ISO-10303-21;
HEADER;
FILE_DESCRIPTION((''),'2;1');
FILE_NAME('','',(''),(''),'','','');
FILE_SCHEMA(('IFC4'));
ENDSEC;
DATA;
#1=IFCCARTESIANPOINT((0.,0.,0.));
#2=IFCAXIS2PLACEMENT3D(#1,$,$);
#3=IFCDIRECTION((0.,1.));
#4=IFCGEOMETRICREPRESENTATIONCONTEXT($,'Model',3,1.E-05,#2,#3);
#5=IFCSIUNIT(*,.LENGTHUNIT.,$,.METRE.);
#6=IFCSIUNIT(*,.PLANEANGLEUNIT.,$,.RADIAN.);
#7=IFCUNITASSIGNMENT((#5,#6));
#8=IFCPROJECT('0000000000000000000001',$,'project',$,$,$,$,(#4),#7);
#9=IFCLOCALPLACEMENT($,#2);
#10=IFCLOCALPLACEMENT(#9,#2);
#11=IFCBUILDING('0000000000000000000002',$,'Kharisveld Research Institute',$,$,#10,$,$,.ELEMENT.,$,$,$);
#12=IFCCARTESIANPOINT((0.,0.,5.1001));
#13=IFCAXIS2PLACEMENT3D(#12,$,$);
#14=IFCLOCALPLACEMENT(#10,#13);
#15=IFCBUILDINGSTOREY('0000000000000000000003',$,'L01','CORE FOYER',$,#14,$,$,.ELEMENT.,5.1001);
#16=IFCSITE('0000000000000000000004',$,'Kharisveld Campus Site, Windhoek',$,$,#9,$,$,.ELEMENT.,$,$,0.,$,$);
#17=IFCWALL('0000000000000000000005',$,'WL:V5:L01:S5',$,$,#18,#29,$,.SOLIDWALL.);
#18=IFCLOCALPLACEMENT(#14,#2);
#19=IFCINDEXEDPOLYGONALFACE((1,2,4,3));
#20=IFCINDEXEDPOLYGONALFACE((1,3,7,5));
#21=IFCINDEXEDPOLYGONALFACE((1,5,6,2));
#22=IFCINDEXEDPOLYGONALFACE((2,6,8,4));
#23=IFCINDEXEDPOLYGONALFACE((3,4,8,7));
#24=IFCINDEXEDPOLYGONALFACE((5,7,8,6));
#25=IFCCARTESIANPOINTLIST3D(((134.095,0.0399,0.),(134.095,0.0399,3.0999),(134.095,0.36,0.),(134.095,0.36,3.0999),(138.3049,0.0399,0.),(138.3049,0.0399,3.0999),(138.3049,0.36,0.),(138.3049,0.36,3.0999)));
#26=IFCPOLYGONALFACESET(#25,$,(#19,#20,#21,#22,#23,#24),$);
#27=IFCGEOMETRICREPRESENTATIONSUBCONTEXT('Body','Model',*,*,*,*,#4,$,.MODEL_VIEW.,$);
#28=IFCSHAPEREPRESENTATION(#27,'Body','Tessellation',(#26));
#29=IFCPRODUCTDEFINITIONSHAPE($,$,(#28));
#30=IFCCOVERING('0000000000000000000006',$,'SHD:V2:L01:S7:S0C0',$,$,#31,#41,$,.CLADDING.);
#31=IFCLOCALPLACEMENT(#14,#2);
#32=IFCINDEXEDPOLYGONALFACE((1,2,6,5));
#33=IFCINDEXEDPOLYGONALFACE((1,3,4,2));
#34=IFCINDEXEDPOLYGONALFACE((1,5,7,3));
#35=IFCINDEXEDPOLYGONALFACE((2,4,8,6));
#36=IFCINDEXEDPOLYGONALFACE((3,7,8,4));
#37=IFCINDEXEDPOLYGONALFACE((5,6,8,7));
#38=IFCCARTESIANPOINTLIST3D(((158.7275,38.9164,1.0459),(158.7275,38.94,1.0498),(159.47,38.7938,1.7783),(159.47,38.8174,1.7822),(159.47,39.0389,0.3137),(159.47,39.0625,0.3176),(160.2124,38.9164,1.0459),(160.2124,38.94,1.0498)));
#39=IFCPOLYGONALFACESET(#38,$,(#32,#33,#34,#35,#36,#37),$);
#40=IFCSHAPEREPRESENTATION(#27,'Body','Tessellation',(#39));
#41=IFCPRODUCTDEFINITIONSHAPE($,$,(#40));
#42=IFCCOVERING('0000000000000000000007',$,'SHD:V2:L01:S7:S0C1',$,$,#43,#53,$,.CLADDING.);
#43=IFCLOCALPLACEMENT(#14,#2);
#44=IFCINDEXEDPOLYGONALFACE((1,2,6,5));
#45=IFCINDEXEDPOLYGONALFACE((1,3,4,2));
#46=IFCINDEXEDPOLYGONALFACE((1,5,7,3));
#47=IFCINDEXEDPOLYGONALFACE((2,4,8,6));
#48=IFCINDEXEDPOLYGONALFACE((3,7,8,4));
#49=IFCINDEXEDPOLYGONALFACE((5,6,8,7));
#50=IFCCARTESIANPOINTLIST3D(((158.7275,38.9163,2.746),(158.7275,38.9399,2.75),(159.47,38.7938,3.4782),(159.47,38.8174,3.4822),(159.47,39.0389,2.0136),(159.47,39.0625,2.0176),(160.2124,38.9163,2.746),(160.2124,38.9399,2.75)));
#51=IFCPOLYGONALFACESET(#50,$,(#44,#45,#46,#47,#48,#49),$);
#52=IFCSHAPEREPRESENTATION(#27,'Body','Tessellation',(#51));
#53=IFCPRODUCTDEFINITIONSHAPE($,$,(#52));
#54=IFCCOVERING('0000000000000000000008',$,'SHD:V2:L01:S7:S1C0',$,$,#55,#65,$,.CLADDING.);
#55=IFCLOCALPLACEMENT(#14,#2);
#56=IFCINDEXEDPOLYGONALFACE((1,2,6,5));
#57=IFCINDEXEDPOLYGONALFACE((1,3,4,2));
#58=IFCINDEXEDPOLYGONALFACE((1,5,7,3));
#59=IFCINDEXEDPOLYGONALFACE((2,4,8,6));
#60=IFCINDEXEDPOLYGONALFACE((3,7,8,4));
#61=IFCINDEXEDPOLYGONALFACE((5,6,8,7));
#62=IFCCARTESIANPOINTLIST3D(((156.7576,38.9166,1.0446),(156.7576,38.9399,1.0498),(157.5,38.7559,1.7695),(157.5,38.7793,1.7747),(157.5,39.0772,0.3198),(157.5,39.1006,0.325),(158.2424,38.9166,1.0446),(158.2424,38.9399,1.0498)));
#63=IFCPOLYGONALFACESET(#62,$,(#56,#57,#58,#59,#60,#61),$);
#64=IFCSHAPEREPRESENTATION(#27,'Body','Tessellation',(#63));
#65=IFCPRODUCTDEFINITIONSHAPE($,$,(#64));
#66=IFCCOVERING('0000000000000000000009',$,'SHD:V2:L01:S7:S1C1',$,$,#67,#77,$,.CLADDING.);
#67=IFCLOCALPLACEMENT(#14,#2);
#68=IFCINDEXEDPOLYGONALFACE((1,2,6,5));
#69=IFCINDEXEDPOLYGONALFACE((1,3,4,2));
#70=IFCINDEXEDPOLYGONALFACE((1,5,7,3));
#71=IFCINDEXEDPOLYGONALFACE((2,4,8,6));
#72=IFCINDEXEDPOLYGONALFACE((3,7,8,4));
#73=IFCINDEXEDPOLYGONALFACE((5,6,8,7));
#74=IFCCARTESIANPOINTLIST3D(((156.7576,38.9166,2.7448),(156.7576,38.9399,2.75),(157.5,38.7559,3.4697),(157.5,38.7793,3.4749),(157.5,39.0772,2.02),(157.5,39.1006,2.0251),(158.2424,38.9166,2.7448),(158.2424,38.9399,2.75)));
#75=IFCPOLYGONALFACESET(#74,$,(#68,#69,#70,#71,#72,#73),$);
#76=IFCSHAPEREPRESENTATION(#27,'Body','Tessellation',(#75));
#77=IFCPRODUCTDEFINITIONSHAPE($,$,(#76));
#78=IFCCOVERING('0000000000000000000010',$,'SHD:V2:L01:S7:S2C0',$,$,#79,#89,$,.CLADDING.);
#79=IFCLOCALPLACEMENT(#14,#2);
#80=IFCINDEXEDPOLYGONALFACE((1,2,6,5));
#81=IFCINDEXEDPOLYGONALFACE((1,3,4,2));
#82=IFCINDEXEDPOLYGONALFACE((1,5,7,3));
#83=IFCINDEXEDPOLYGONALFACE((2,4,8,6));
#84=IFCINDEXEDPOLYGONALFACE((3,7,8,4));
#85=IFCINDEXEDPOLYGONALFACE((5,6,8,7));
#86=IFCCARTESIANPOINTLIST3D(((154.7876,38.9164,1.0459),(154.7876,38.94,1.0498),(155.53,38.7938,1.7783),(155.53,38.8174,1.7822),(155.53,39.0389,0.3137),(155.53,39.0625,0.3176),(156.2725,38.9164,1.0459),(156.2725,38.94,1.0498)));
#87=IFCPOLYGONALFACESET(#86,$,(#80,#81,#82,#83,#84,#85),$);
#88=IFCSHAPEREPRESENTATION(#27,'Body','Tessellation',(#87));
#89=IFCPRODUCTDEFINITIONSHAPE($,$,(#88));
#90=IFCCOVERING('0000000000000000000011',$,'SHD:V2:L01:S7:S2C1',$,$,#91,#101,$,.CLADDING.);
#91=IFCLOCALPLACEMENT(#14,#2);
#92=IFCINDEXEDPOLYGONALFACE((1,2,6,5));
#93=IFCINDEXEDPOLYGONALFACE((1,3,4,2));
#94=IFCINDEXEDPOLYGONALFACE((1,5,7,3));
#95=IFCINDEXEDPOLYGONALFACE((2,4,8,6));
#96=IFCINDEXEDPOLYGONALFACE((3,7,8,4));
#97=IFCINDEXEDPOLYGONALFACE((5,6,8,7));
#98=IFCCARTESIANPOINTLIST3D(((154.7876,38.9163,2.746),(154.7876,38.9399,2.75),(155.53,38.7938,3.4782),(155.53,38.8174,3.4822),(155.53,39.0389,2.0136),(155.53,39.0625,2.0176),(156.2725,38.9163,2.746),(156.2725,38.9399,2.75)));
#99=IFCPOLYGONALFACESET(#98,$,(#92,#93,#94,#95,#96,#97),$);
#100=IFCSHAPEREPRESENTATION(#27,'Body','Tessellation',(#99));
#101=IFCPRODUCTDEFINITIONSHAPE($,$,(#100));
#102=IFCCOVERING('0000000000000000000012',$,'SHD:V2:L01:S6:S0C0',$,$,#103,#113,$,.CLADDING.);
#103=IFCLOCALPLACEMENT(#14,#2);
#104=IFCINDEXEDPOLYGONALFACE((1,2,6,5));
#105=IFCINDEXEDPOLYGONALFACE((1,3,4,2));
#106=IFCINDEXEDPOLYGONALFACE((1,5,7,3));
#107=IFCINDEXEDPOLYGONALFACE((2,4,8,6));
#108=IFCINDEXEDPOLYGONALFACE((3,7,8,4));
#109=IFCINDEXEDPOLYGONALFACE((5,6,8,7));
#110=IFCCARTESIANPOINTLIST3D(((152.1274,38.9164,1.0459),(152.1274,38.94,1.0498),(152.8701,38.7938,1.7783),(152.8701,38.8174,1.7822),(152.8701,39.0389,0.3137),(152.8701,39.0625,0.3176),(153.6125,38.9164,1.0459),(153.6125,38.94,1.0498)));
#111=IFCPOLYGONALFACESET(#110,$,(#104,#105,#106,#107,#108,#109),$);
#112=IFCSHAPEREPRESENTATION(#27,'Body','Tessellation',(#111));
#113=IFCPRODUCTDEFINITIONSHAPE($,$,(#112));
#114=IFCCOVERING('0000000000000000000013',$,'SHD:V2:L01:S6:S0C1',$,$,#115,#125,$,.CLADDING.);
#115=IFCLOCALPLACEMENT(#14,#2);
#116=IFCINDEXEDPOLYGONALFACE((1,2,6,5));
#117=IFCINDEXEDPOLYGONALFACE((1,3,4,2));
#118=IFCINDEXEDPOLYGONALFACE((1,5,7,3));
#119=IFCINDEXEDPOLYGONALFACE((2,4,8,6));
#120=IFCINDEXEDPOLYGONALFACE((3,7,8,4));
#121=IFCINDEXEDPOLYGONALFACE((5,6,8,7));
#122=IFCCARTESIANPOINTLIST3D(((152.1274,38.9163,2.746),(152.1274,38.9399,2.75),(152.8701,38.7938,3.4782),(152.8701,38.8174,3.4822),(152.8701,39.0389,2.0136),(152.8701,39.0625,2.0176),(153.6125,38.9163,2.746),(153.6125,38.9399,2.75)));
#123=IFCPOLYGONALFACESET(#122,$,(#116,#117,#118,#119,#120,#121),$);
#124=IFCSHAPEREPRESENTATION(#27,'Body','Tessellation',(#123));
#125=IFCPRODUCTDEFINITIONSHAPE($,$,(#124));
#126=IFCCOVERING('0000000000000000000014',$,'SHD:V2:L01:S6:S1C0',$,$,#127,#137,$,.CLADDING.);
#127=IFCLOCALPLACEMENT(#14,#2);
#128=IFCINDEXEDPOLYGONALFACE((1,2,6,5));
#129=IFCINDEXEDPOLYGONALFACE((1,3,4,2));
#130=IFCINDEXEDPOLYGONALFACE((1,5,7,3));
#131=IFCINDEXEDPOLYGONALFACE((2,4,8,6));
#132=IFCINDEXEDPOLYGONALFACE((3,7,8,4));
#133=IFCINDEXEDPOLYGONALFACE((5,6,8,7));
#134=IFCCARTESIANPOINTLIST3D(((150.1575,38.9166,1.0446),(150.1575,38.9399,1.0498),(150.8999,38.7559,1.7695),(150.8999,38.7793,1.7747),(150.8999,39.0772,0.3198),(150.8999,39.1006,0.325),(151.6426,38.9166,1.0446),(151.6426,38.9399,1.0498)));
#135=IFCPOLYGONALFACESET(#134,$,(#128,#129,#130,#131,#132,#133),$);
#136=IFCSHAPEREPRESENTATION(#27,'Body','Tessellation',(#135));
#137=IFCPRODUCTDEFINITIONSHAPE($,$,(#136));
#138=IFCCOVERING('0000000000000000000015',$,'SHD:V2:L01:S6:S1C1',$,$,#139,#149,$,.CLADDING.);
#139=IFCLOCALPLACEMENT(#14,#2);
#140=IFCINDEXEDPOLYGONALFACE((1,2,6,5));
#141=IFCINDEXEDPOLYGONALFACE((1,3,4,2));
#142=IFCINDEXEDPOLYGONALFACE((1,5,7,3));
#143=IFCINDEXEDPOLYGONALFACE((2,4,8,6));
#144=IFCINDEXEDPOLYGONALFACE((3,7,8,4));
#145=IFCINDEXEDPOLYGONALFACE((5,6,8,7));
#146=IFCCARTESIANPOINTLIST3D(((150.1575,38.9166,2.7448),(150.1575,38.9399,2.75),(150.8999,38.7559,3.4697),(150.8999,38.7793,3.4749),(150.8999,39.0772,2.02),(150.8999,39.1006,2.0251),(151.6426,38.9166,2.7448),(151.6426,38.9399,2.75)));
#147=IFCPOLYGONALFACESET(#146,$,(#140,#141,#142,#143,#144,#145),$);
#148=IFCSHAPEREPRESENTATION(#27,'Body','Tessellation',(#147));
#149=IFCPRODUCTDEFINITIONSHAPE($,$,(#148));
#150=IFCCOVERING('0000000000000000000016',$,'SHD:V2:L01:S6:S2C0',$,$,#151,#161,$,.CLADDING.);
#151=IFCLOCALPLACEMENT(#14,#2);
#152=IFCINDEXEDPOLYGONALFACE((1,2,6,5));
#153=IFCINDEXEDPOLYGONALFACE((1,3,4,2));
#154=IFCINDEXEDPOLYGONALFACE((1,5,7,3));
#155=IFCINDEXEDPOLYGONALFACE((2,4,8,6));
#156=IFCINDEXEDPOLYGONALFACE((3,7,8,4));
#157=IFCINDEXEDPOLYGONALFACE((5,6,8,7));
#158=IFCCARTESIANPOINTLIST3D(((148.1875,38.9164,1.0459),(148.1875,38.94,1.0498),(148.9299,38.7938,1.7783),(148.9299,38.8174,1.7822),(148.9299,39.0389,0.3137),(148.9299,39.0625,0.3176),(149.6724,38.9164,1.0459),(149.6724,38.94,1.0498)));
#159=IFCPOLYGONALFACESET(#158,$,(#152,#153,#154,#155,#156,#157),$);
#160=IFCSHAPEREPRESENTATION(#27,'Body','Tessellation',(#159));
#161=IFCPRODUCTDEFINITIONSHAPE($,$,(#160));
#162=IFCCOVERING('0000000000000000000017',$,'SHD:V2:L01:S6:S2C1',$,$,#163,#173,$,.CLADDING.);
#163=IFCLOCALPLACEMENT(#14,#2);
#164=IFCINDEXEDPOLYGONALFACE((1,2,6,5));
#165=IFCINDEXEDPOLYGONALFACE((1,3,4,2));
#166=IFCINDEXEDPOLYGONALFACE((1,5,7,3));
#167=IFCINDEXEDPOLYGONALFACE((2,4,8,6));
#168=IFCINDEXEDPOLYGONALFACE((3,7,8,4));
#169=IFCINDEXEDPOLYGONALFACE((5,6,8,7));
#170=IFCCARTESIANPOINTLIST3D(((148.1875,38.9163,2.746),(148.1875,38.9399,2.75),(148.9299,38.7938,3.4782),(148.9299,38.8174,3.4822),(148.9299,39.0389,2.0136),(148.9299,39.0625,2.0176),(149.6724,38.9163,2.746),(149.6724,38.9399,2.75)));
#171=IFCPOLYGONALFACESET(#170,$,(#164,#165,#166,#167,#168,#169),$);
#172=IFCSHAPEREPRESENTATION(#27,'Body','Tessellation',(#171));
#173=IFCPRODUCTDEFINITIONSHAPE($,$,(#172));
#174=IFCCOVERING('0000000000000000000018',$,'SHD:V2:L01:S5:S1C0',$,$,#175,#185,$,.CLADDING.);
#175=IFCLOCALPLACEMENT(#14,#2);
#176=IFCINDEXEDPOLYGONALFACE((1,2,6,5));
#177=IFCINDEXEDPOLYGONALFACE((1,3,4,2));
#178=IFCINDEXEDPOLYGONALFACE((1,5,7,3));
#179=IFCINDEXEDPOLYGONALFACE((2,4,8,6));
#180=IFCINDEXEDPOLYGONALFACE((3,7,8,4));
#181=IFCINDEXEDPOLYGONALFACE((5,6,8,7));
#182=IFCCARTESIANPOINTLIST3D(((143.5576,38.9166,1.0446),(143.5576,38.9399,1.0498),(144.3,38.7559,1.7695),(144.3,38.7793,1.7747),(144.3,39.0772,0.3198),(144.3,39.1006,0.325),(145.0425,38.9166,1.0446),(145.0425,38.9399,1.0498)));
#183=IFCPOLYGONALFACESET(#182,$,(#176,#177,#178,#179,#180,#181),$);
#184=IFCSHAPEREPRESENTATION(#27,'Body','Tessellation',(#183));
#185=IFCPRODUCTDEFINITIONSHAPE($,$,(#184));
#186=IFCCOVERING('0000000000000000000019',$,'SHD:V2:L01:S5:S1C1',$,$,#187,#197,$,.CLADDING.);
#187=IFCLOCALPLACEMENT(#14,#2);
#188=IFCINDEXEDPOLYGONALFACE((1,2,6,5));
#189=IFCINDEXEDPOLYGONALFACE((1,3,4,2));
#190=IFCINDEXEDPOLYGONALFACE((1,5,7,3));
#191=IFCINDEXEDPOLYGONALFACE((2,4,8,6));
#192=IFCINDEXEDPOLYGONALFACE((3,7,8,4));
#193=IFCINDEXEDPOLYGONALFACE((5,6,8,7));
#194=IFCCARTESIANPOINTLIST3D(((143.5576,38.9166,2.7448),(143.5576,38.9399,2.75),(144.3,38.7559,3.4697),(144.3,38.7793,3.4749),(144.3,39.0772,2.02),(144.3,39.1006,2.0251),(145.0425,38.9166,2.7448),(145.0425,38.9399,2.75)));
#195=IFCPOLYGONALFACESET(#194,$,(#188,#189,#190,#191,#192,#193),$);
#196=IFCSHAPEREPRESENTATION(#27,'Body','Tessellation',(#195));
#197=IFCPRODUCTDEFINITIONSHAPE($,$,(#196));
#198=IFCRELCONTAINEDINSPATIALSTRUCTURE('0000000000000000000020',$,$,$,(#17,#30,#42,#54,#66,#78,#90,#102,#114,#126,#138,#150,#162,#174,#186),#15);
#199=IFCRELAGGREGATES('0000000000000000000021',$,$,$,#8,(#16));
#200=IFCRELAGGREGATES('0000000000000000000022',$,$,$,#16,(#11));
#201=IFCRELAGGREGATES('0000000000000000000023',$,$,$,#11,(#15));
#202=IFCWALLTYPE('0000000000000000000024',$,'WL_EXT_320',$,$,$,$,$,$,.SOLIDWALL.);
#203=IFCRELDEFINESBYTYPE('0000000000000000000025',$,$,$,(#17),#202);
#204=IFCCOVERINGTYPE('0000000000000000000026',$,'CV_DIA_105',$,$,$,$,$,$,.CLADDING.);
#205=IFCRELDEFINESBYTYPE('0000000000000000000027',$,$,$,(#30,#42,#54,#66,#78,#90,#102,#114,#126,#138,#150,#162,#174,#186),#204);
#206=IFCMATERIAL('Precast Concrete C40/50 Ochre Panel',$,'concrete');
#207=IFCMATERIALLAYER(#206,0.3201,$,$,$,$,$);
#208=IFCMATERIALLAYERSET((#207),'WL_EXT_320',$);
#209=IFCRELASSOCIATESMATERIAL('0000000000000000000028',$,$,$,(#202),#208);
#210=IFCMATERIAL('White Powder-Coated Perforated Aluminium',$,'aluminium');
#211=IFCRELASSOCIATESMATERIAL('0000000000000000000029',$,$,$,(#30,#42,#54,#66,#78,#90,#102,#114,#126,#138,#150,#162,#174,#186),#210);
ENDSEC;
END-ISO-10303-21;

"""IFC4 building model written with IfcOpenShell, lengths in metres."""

from ifc_helpers import new_model, si_unit, direction, frame, frame_2d, origin, place, context, subcontext, project, spatial, polyline, rectangle, outline, extrude, material, layer, layer_set, type_object, element, save


model = new_model("IFC4")

# Units and contexts
model_context = context("Model", 3, precision=1e-05, world=origin(), true_north=direction((0.0, 1.0)))
body_context = subcontext(model_context, "Body", "Model", "MODEL_VIEW")
ifc_project = project(units=[si_unit("LENGTHUNIT", "METRE"), si_unit("PLANEANGLEUNIT", "RADIAN")], contexts=[model_context])

# Site, building, storey
site_placement = place(None, origin())
site = spatial("IfcSite", under=ifc_project, at=site_placement, Name="Kharisveld Campus Site, Windhoek", CompositionType="ELEMENT", RefElevation=0.0)
building_placement = place(site_placement, origin())
building = spatial("IfcBuilding", under=site, at=building_placement, Name="Kharisveld Research Institute", CompositionType="ELEMENT")
storey_placement = place(building_placement, frame((0.0, 0.0, 5.1001)))
storey = spatial("IfcBuildingStorey", under=building, at=storey_placement, Name="L01", Description="CORE FOYER", CompositionType="ELEMENT", Elevation=5.1001)

# Shared definitions
ifc_material_1 = material(Name="Precast Concrete C40/50 Ochre Panel", Category="concrete")
ifc_layer = layer(ifc_material_1, 0.3201)
ifc_layer_set = layer_set([ifc_layer], Name="WL_EXT_320")
wall_type = type_object("IfcWallType", Name="WL_EXT_320", PredefinedType="SOLIDWALL", material=ifc_layer_set)

# Wall
for number, where, z_axis, x_axis, name in (
    (1, (138.3049, 0.2, 0.0), (0.0, 0.0, 1.0), (-1.0, 0.0, 0.0), "WL:V5:L01:S5"),
):
    element("IfcWall", number, at=place(storey_placement, frame(where, z_axis=z_axis, x_axis=x_axis)), inside=storey, type_object=wall_type, Name=name, PredefinedType="SOLIDWALL", context=body_context, shape_type="SweptSolid", body=[
        extrude(rectangle(XDim=4.21, YDim=0.3201, at=frame_2d((2.105, 0.0))), origin(), (0.0, 0.0, 1.0), 3.0999),
    ])

# Coverings
ifc_material_2 = material(Name="White Powder-Coated Perforated Aluminium", Category="aluminium")
covering_type = type_object("IfcCoveringType", Name="CV_DIA_105", PredefinedType="CLADDING")
covering_1_placement = place(storey_placement, frame((159.47, 39.0625, 0.3176), z_axis=(0.0, 0.986283, 0.165065), x_axis=(-0.707139, -0.116714, 0.697376)))
element("IfcCovering", 2, at=covering_1_placement, inside=storey, type_object=covering_type, material=ifc_material_2, Name="SHD:V2:L01:S7:S0C0", PredefinedType="CLADDING", context=body_context, shape_type="SweptSolid", body=[
    extrude(outline(polyline([(0.0, 0.0), (1.0499, 0.0), (1.05, 1.0501), (-0.0001, 1.0499), (0.0, 0.0)])), origin(), (0.0, 0.0, -1.0), 0.0239),
])
covering_2_placement = place(storey_placement, frame((159.47, 39.0625, 2.0176), z_axis=(0.0, 0.986283, 0.165065), x_axis=(-0.707024, -0.116733, 0.697489)))
element("IfcCovering", 3, at=covering_2_placement, inside=storey, type_object=covering_type, material=ifc_material_2, Name="SHD:V2:L01:S7:S0C1", PredefinedType="CLADDING", context=body_context, shape_type="SweptSolid", body=[
    extrude(outline(polyline([(0.0, 0.0), (1.0501, 0.0), (1.0502, 1.0499), (0.0002, 1.0501), (0.0, 0.0)])), origin(), (0.0, 0.0, -1.0), 0.0239),
])
for number, where, z_axis, x_axis, name in (
    (4, (157.5, 39.1006, 0.325), (0.0, 0.976311, 0.216373), (-0.707102, -0.153, 0.69036), "SHD:V2:L01:S7:S1C0"),
    (5, (157.5, 39.1006, 2.0251), (0.0, 0.976311, 0.216373), (-0.707102, -0.153, 0.69036), "SHD:V2:L01:S7:S1C1"),
):
    element("IfcCovering", number, at=place(storey_placement, frame(where, z_axis=z_axis, x_axis=x_axis)), inside=storey, type_object=covering_type, material=ifc_material_2, Name=name, PredefinedType="CLADDING", context=body_context, shape_type="SweptSolid", body=[
        extrude(outline(polyline([(0.0, 0.0), (1.05, 0.0), (1.05, 1.05), (0.0, 1.05), (0.0, 0.0)])), origin(), (0.0, 0.0, -1.0), 0.0239),
    ])
covering_3_placement = place(storey_placement, frame((155.53, 39.0625, 0.3176), z_axis=(0.0, 0.986283, 0.165065), x_axis=(-0.707139, -0.116714, 0.697376)))
element("IfcCovering", 6, at=covering_3_placement, inside=storey, type_object=covering_type, material=ifc_material_2, Name="SHD:V2:L01:S7:S2C0", PredefinedType="CLADDING", context=body_context, shape_type="SweptSolid", body=[
    extrude(outline(polyline([(0.0, 0.0), (1.0499, 0.0), (1.05, 1.0501), (-0.0001, 1.0499), (0.0, 0.0)])), origin(), (0.0, 0.0, -1.0), 0.0239),
])
covering_4_placement = place(storey_placement, frame((155.53, 39.0625, 2.0176), z_axis=(0.0, 0.986283, 0.165065), x_axis=(-0.707024, -0.116733, 0.697489)))
element("IfcCovering", 7, at=covering_4_placement, inside=storey, type_object=covering_type, material=ifc_material_2, Name="SHD:V2:L01:S7:S2C1", PredefinedType="CLADDING", context=body_context, shape_type="SweptSolid", body=[
    extrude(outline(polyline([(0.0, 0.0), (1.0501, 0.0), (1.0502, 1.0499), (0.0002, 1.0501), (0.0, 0.0)])), origin(), (0.0, 0.0, -1.0), 0.0239),
])
covering_5_placement = place(storey_placement, frame((152.8701, 39.0625, 0.3176), z_axis=(0.0, 0.986283, 0.165065), x_axis=(-0.707255, -0.116694, 0.697261)))
element("IfcCovering", 8, at=covering_5_placement, inside=storey, type_object=covering_type, material=ifc_material_2, Name="SHD:V2:L01:S6:S0C0", PredefinedType="CLADDING", context=body_context, shape_type="SweptSolid", body=[
    extrude(outline(polyline([(0.0, 0.0), (1.0501, 0.0), (1.0498, 1.0503), (-0.0003, 1.0499), (0.0, 0.0)])), origin(), (0.0, 0.0, -1.0), 0.0239),
])
covering_6_placement = place(storey_placement, frame((152.8701, 39.0625, 2.0176), z_axis=(0.0, 0.986283, 0.165065), x_axis=(-0.70714, -0.116713, 0.697374)))
element("IfcCovering", 9, at=covering_6_placement, inside=storey, type_object=covering_type, material=ifc_material_2, Name="SHD:V2:L01:S6:S0C1", PredefinedType="CLADDING", context=body_context, shape_type="SweptSolid", body=[
    extrude(outline(polyline([(0.0, 0.0), (1.0503, 0.0), (1.05, 1.0501), (0.0001, 1.0501), (0.0, 0.0)])), origin(), (0.0, 0.0, -1.0), 0.0239),
])
for number, where, z_axis, x_axis, name in (
    (10, (150.8999, 39.1006, 0.325), (0.0, 0.976311, 0.216373), (-0.707102, -0.153, 0.69036), "SHD:V2:L01:S6:S1C0"),
    (11, (150.8999, 39.1006, 2.0251), (0.0, 0.976311, 0.216373), (-0.707102, -0.153, 0.69036), "SHD:V2:L01:S6:S1C1"),
):
    element("IfcCovering", number, at=place(storey_placement, frame(where, z_axis=z_axis, x_axis=x_axis)), inside=storey, type_object=covering_type, material=ifc_material_2, Name=name, PredefinedType="CLADDING", context=body_context, shape_type="SweptSolid", body=[
        extrude(outline(polyline([(0.0, 0.0), (1.05, 0.0), (1.05, 1.05), (-0.0002, 1.0501), (0.0, 0.0)])), origin(), (0.0, 0.0, -1.0), 0.0239),
    ])
covering_7_placement = place(storey_placement, frame((148.9299, 39.0625, 0.3176), z_axis=(0.0, 0.986283, 0.165065), x_axis=(-0.707139, -0.116714, 0.697376)))
element("IfcCovering", 12, at=covering_7_placement, inside=storey, type_object=covering_type, material=ifc_material_2, Name="SHD:V2:L01:S6:S2C0", PredefinedType="CLADDING", context=body_context, shape_type="SweptSolid", body=[
    extrude(outline(polyline([(0.0, 0.0), (1.0499, 0.0), (1.05, 1.0501), (-0.0001, 1.0499), (0.0, 0.0)])), origin(), (0.0, 0.0, -1.0), 0.0239),
])
covering_8_placement = place(storey_placement, frame((148.9299, 39.0625, 2.0176), z_axis=(0.0, 0.986283, 0.165065), x_axis=(-0.707024, -0.116733, 0.697489)))
element("IfcCovering", 13, at=covering_8_placement, inside=storey, type_object=covering_type, material=ifc_material_2, Name="SHD:V2:L01:S6:S2C1", PredefinedType="CLADDING", context=body_context, shape_type="SweptSolid", body=[
    extrude(outline(polyline([(0.0, 0.0), (1.0501, 0.0), (1.0502, 1.0499), (0.0002, 1.0501), (0.0, 0.0)])), origin(), (0.0, 0.0, -1.0), 0.0239),
])
for number, where, z_axis, x_axis, name in (
    (14, (144.3, 39.1006, 0.325), (0.0, 0.976311, 0.216373), (-0.707102, -0.153, 0.69036), "SHD:V2:L01:S5:S1C0"),
    (15, (144.3, 39.1006, 2.0251), (0.0, 0.976311, 0.216373), (-0.707102, -0.153, 0.69036), "SHD:V2:L01:S5:S1C1"),
):
    element("IfcCovering", number, at=place(storey_placement, frame(where, z_axis=z_axis, x_axis=x_axis)), inside=storey, type_object=covering_type, material=ifc_material_2, Name=name, PredefinedType="CLADDING", context=body_context, shape_type="SweptSolid", body=[
        extrude(outline(polyline([(0.0, 0.0), (1.05, 0.0), (1.05, 1.05), (0.0, 1.05), (0.0, 0.0)])), origin(), (0.0, 0.0, -1.0), 0.0239),
    ])

save(model, "model.ifc")
